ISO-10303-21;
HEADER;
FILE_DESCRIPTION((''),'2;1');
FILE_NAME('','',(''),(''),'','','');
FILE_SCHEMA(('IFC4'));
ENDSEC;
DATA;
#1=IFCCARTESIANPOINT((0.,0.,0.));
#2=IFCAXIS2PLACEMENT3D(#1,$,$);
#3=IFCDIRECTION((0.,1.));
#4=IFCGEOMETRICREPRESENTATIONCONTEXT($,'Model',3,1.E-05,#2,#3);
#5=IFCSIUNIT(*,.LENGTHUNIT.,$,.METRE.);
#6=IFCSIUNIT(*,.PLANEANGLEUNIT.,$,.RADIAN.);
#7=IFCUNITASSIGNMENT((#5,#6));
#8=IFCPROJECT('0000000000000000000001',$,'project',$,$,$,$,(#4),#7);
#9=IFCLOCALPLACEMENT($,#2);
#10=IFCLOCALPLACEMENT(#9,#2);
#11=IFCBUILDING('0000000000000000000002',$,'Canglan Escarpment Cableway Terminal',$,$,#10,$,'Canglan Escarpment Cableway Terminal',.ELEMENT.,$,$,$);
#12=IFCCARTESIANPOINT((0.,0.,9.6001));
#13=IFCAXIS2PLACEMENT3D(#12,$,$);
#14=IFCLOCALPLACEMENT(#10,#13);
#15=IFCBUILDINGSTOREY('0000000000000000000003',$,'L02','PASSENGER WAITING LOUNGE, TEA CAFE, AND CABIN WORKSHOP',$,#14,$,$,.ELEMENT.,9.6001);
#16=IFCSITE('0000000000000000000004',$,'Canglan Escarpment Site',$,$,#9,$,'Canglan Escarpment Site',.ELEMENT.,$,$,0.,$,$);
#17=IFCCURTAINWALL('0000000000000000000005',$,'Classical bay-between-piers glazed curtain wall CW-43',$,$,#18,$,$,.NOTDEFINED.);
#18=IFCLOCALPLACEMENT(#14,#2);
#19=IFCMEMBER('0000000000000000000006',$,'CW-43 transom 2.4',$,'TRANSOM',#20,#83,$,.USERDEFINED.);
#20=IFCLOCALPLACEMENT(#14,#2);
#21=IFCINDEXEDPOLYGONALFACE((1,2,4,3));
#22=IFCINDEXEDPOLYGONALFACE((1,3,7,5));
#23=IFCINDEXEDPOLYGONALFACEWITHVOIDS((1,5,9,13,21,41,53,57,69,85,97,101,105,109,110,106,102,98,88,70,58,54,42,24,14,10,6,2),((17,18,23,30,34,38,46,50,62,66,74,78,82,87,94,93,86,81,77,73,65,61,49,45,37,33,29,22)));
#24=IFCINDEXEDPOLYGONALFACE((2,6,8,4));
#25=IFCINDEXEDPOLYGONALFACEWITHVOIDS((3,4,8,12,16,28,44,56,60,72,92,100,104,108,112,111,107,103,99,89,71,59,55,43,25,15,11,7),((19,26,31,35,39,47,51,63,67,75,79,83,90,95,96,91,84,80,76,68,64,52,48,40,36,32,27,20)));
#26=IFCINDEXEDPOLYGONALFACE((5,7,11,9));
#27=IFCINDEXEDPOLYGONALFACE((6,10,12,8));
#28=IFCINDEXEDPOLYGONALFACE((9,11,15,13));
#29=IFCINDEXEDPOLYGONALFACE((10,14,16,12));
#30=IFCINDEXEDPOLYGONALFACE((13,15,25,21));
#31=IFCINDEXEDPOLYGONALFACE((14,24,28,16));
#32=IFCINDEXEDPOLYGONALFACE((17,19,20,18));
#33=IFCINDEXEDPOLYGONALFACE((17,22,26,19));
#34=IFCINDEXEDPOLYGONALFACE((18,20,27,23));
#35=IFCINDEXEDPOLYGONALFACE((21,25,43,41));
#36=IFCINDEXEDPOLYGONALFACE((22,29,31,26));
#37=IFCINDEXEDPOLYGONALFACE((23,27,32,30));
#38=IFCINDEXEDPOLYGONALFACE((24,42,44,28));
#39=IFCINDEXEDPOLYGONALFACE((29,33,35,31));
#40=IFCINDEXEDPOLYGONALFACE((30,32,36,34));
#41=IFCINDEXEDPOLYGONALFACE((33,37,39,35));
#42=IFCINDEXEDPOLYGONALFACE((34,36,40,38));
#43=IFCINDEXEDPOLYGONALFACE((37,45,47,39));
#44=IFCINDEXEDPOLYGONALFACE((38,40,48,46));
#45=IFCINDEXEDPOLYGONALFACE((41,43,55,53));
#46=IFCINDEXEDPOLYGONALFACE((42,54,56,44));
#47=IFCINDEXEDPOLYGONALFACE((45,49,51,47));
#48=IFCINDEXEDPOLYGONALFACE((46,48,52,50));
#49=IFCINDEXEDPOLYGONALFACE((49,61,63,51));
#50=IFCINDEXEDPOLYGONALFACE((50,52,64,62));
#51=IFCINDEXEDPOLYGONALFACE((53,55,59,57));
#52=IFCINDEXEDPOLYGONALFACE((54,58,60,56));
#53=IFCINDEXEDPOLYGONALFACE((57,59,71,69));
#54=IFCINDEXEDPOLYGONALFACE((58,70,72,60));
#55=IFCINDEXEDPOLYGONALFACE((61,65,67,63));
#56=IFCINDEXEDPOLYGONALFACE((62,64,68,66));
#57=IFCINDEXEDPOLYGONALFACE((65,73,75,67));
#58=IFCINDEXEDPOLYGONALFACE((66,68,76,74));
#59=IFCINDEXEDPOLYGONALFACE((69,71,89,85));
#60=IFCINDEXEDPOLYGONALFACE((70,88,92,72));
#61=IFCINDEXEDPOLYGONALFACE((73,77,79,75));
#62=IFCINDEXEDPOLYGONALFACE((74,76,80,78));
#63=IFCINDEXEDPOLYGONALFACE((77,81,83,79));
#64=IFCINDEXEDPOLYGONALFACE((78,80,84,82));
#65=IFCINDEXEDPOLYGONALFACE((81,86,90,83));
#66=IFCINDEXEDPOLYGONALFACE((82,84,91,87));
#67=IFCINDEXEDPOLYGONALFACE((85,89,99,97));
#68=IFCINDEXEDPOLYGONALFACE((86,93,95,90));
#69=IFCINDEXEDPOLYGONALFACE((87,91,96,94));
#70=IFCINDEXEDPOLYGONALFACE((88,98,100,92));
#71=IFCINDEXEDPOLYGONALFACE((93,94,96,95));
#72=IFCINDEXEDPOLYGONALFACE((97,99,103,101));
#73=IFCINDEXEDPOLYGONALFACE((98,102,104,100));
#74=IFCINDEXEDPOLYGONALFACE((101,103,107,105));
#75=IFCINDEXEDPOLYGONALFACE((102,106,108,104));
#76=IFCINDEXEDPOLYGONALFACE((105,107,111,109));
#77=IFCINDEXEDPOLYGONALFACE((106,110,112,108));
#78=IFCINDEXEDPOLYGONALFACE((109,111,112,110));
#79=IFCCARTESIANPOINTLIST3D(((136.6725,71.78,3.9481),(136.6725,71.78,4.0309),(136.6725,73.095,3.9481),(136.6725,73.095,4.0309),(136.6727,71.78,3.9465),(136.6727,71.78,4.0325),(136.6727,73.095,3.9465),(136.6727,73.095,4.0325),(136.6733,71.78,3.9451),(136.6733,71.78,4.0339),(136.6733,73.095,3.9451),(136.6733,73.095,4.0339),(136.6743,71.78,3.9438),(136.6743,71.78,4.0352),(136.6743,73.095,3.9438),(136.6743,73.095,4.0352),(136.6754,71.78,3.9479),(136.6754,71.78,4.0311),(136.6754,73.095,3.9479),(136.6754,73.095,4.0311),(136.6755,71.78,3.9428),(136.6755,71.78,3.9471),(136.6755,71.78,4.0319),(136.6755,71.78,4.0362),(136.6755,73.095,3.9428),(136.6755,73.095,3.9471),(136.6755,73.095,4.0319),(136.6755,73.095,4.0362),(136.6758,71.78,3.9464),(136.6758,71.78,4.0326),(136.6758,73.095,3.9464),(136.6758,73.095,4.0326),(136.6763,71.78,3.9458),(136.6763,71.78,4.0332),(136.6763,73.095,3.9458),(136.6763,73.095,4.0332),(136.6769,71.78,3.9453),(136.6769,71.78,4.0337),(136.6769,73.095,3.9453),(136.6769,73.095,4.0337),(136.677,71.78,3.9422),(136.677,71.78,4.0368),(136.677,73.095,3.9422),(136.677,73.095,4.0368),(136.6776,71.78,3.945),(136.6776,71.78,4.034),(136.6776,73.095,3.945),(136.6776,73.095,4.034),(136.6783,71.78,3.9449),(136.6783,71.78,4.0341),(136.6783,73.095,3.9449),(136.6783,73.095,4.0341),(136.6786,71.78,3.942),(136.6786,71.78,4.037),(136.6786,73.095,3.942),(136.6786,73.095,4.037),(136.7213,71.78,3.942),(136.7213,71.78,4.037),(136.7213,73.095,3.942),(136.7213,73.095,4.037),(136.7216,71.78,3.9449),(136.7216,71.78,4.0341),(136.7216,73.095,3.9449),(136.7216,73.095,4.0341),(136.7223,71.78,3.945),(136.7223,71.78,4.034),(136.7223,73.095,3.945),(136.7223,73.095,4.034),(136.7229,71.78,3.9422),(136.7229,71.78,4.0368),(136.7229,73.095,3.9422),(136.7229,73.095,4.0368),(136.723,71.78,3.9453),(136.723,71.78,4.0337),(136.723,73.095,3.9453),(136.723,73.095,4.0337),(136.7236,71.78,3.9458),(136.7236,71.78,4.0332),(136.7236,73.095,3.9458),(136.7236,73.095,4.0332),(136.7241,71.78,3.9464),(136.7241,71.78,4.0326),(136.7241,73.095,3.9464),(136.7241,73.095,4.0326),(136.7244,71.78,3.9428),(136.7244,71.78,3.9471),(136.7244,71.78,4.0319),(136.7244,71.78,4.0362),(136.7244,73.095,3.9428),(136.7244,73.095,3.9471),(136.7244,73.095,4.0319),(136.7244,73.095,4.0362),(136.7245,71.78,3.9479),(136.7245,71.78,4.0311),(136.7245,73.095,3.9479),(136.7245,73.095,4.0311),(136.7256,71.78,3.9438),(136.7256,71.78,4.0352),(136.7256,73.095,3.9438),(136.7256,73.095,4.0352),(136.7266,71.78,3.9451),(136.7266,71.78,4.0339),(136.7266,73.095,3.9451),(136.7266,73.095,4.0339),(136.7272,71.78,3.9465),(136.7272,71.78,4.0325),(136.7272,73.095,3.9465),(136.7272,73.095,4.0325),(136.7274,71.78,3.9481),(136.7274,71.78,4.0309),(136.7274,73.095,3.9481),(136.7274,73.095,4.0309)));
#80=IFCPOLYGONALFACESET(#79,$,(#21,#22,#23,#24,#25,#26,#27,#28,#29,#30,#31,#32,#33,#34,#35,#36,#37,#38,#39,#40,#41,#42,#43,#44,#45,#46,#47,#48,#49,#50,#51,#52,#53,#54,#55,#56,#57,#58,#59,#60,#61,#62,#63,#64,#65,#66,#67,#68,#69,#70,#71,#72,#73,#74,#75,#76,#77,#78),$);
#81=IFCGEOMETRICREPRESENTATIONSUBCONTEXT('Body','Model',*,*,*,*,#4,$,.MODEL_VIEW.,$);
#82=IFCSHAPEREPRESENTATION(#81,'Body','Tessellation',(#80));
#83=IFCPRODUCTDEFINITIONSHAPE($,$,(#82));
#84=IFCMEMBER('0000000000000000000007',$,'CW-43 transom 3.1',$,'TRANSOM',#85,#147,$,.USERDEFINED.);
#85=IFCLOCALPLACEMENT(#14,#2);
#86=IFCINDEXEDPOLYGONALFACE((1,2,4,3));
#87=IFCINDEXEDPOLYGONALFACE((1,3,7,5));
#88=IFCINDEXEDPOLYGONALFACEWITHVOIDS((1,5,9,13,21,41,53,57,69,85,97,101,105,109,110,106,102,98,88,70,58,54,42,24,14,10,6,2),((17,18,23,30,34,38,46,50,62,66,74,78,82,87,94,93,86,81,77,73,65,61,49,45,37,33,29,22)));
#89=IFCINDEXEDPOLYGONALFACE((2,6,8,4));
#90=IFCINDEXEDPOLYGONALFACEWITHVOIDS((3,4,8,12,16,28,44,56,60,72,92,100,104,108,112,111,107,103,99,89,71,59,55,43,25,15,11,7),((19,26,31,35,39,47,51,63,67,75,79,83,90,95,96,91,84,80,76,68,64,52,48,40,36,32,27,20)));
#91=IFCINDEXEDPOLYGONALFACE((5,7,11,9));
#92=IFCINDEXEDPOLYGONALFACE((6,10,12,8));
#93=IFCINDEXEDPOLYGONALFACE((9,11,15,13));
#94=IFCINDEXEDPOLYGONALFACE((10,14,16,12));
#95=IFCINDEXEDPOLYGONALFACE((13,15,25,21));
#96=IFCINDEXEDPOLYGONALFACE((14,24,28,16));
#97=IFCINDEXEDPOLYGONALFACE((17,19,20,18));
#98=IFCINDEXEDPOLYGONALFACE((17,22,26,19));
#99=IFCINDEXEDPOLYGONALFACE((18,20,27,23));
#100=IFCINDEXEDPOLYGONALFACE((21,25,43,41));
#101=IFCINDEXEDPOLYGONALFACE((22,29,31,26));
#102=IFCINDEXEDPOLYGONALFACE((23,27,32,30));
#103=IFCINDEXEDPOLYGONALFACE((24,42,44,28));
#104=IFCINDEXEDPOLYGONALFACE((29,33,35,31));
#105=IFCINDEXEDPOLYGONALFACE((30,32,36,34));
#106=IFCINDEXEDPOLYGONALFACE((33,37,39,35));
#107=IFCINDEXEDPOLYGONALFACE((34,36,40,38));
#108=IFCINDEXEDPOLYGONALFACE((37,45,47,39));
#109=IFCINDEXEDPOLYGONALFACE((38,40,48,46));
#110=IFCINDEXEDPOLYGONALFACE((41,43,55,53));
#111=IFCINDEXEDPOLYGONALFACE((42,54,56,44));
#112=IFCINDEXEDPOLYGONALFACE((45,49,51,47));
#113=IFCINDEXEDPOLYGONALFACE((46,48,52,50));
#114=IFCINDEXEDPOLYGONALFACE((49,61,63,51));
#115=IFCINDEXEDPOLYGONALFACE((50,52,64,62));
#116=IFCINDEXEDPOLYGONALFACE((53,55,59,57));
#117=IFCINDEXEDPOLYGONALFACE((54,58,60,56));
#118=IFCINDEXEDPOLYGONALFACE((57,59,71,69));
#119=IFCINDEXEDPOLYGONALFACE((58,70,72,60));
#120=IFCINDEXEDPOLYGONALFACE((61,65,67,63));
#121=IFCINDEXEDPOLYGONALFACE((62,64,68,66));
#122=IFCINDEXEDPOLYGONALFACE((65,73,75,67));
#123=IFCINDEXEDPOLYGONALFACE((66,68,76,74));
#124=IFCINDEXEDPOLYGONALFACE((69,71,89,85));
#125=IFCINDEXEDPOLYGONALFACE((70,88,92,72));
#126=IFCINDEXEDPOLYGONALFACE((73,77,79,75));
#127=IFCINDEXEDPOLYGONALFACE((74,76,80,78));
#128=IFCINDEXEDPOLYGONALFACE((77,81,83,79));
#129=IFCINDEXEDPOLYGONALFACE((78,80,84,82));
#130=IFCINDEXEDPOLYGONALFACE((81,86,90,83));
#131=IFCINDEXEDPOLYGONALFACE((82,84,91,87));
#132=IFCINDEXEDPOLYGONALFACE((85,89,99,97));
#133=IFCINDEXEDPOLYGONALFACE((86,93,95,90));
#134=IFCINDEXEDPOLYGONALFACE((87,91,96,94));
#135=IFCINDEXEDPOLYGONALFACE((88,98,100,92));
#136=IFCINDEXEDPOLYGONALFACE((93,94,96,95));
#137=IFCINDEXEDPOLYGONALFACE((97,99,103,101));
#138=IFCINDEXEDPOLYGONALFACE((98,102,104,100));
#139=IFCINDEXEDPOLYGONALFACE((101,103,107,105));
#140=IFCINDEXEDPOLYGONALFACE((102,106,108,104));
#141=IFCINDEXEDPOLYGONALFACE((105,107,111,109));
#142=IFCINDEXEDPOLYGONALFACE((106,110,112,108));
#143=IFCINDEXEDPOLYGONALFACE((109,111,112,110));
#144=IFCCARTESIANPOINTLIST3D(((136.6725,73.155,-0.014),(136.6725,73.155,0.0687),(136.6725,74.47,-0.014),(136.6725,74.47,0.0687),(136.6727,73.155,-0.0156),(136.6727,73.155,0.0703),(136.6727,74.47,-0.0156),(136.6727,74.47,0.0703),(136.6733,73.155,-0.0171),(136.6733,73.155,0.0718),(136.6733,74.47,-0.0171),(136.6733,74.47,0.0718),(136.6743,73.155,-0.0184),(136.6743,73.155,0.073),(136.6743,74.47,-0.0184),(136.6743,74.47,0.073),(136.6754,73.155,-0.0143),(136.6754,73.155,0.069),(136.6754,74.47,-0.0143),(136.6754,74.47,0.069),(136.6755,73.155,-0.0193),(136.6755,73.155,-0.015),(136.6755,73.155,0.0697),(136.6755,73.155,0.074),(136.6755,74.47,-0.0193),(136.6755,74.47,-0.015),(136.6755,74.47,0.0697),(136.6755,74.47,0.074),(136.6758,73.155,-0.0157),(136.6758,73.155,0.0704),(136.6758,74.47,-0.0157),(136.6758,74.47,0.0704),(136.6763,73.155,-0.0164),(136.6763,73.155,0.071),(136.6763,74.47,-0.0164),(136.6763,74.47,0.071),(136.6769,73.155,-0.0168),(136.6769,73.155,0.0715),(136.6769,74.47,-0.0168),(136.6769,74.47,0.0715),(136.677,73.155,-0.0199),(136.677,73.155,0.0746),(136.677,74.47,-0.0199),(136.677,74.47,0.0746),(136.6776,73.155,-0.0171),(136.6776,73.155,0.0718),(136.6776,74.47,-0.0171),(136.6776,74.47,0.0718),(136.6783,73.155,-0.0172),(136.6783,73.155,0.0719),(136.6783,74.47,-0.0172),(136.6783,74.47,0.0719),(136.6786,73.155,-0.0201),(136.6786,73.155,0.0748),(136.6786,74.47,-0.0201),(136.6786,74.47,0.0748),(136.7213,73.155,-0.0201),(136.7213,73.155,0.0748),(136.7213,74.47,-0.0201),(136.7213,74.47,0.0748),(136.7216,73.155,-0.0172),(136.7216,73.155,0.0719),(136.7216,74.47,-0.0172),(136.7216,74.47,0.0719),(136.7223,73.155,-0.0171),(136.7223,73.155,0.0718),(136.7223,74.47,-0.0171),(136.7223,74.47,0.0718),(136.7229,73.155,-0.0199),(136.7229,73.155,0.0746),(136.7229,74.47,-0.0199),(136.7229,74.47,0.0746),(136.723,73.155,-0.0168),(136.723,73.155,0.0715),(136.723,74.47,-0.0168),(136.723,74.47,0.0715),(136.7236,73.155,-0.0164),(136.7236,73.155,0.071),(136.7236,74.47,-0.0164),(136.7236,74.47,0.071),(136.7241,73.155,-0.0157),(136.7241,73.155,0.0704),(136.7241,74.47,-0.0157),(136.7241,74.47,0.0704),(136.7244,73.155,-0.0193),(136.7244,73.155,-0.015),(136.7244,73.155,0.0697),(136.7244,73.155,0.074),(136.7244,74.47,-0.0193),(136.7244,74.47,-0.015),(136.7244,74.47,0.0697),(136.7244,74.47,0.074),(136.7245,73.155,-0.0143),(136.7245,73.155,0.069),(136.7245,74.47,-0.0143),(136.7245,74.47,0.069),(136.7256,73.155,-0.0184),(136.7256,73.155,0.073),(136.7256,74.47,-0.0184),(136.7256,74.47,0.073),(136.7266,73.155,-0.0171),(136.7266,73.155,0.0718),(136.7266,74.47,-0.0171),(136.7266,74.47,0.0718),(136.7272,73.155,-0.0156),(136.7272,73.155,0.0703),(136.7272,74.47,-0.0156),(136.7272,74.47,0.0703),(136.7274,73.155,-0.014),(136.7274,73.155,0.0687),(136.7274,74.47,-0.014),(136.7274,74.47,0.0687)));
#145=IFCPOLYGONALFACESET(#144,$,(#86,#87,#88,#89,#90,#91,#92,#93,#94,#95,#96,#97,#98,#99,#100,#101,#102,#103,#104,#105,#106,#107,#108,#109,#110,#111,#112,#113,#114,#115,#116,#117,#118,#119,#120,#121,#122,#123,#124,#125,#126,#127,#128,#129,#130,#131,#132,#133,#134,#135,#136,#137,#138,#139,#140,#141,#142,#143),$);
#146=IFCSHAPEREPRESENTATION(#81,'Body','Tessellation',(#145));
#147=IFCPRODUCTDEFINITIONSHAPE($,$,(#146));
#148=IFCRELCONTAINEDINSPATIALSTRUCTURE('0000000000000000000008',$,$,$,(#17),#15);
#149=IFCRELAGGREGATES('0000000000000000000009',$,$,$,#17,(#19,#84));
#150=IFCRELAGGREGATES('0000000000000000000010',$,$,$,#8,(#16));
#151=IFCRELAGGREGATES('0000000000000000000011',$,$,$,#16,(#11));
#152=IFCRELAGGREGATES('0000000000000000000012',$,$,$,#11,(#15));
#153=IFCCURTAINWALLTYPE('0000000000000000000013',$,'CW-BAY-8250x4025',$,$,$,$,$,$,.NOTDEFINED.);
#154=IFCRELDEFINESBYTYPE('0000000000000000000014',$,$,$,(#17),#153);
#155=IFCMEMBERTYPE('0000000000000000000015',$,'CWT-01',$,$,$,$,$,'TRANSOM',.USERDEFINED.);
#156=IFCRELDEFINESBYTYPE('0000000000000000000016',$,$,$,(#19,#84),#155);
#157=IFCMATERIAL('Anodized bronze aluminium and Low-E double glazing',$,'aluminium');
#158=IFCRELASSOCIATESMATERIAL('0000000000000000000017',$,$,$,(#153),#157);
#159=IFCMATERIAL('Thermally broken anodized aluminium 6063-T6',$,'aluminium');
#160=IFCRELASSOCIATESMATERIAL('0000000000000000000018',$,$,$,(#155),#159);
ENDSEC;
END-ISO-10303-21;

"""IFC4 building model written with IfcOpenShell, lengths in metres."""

from ifc_helpers import new_model, si_unit, direction, frame, origin, origin_2d, place, context, subcontext, project, spatial, hollow_rectangle, extrude, material, material_profile, profile_set, type_object, element, aggregate, save


model = new_model("IFC4")

# Units and contexts
model_context = context("Model", 3, precision=1e-05, world=origin(), true_north=direction((0.0, 1.0)))
body_context = subcontext(model_context, "Body", "Model", "MODEL_VIEW")
ifc_project = project(units=[si_unit("LENGTHUNIT", "METRE"), si_unit("PLANEANGLEUNIT", "RADIAN")], contexts=[model_context])

# Site, building, storey
site_placement = place(None, origin())
site = spatial("IfcSite", under=ifc_project, at=site_placement, Name="Canglan Escarpment Site", LongName="Canglan Escarpment Site", CompositionType="ELEMENT", RefElevation=0.0)
building_placement = place(site_placement, origin())
building = spatial("IfcBuilding", under=site, at=building_placement, Name="Canglan Escarpment Cableway Terminal", LongName="Canglan Escarpment Cableway Terminal", CompositionType="ELEMENT")
storey_placement = place(building_placement, frame((0.0, 0.0, 9.6001)))
storey = spatial("IfcBuildingStorey", under=building, at=storey_placement, Name="L02", Description="PASSENGER WAITING LOUNGE, TEA CAFE, AND CABIN WORKSHOP", CompositionType="ELEMENT", Elevation=9.6001)

# Curtain wall
ifc_material_1 = material(Name="Anodized bronze aluminium and Low-E double glazing", Category="aluminium")
curtain_wall_type = type_object("IfcCurtainWallType", Name="CW-BAY-8250x4025", PredefinedType="NOTDEFINED", material=ifc_material_1)
curtain_wall_1_placement = place(storey_placement, origin())
curtain_wall_1 = element("IfcCurtainWall", 1, at=curtain_wall_1_placement, inside=storey, type_object=curtain_wall_type, Name="Classical bay-between-piers glazed curtain wall CW-43", PredefinedType="NOTDEFINED")
ifc_material_2 = material(Name="Thermally broken anodized aluminium 6063-T6", Category="aluminium")

# Members
ifc_material_profile_1 = material_profile(ifc_material_2, hollow_rectangle(XDim=0.0549, YDim=0.095, WallThickness=0.0029, InnerFilletRadius=0.0029, OuterFilletRadius=0.0061, at=origin_2d()), Name="ALU-TRAN 55x95x3")
ifc_profile_set_1 = profile_set([ifc_material_profile_1], Name="Thermally broken anodized aluminium 6063-T6")
member_type_1 = type_object("IfcMemberType", Name="CWT-01", ElementType="TRANSOM", PredefinedType="USERDEFINED", material=ifc_profile_set_1)
member_1_placement = place(storey_placement, frame((136.7, 71.78, 3.9895), z_axis=(0.0, 1.0, 0.0), x_axis=(-1.0, 0.0, 0.0)))
member_1 = element("IfcMember", 2, at=member_1_placement, type_object=member_type_1, Name="CW-43 transom 2.4", ObjectType="TRANSOM", PredefinedType="USERDEFINED", context=body_context, shape_type="SweptSolid", body=[
    extrude(hollow_rectangle(XDim=0.0549, YDim=0.095, WallThickness=0.0029, InnerFilletRadius=0.0029, OuterFilletRadius=0.0061, at=origin_2d()), origin(), (0.0, 0.0, 1.0), 1.3149),
])
member_2_placement = place(storey_placement, frame((136.7, 73.155, 0.0273), z_axis=(0.0, 1.0, 0.0), x_axis=(-1.0, 0.0, 0.0)))
member_2 = element("IfcMember", 3, at=member_2_placement, type_object=member_type_1, Name="CW-43 transom 3.1", ObjectType="TRANSOM", PredefinedType="USERDEFINED", context=body_context, shape_type="SweptSolid", body=[
    extrude(hollow_rectangle(XDim=0.0549, YDim=0.095, WallThickness=0.0029, InnerFilletRadius=0.0029, OuterFilletRadius=0.0061, at=origin_2d()), origin(), (0.0, 0.0, 1.0), 1.3149),
])

aggregate(curtain_wall_1, [member_1, member_2])

save(model, "model.ifc")
